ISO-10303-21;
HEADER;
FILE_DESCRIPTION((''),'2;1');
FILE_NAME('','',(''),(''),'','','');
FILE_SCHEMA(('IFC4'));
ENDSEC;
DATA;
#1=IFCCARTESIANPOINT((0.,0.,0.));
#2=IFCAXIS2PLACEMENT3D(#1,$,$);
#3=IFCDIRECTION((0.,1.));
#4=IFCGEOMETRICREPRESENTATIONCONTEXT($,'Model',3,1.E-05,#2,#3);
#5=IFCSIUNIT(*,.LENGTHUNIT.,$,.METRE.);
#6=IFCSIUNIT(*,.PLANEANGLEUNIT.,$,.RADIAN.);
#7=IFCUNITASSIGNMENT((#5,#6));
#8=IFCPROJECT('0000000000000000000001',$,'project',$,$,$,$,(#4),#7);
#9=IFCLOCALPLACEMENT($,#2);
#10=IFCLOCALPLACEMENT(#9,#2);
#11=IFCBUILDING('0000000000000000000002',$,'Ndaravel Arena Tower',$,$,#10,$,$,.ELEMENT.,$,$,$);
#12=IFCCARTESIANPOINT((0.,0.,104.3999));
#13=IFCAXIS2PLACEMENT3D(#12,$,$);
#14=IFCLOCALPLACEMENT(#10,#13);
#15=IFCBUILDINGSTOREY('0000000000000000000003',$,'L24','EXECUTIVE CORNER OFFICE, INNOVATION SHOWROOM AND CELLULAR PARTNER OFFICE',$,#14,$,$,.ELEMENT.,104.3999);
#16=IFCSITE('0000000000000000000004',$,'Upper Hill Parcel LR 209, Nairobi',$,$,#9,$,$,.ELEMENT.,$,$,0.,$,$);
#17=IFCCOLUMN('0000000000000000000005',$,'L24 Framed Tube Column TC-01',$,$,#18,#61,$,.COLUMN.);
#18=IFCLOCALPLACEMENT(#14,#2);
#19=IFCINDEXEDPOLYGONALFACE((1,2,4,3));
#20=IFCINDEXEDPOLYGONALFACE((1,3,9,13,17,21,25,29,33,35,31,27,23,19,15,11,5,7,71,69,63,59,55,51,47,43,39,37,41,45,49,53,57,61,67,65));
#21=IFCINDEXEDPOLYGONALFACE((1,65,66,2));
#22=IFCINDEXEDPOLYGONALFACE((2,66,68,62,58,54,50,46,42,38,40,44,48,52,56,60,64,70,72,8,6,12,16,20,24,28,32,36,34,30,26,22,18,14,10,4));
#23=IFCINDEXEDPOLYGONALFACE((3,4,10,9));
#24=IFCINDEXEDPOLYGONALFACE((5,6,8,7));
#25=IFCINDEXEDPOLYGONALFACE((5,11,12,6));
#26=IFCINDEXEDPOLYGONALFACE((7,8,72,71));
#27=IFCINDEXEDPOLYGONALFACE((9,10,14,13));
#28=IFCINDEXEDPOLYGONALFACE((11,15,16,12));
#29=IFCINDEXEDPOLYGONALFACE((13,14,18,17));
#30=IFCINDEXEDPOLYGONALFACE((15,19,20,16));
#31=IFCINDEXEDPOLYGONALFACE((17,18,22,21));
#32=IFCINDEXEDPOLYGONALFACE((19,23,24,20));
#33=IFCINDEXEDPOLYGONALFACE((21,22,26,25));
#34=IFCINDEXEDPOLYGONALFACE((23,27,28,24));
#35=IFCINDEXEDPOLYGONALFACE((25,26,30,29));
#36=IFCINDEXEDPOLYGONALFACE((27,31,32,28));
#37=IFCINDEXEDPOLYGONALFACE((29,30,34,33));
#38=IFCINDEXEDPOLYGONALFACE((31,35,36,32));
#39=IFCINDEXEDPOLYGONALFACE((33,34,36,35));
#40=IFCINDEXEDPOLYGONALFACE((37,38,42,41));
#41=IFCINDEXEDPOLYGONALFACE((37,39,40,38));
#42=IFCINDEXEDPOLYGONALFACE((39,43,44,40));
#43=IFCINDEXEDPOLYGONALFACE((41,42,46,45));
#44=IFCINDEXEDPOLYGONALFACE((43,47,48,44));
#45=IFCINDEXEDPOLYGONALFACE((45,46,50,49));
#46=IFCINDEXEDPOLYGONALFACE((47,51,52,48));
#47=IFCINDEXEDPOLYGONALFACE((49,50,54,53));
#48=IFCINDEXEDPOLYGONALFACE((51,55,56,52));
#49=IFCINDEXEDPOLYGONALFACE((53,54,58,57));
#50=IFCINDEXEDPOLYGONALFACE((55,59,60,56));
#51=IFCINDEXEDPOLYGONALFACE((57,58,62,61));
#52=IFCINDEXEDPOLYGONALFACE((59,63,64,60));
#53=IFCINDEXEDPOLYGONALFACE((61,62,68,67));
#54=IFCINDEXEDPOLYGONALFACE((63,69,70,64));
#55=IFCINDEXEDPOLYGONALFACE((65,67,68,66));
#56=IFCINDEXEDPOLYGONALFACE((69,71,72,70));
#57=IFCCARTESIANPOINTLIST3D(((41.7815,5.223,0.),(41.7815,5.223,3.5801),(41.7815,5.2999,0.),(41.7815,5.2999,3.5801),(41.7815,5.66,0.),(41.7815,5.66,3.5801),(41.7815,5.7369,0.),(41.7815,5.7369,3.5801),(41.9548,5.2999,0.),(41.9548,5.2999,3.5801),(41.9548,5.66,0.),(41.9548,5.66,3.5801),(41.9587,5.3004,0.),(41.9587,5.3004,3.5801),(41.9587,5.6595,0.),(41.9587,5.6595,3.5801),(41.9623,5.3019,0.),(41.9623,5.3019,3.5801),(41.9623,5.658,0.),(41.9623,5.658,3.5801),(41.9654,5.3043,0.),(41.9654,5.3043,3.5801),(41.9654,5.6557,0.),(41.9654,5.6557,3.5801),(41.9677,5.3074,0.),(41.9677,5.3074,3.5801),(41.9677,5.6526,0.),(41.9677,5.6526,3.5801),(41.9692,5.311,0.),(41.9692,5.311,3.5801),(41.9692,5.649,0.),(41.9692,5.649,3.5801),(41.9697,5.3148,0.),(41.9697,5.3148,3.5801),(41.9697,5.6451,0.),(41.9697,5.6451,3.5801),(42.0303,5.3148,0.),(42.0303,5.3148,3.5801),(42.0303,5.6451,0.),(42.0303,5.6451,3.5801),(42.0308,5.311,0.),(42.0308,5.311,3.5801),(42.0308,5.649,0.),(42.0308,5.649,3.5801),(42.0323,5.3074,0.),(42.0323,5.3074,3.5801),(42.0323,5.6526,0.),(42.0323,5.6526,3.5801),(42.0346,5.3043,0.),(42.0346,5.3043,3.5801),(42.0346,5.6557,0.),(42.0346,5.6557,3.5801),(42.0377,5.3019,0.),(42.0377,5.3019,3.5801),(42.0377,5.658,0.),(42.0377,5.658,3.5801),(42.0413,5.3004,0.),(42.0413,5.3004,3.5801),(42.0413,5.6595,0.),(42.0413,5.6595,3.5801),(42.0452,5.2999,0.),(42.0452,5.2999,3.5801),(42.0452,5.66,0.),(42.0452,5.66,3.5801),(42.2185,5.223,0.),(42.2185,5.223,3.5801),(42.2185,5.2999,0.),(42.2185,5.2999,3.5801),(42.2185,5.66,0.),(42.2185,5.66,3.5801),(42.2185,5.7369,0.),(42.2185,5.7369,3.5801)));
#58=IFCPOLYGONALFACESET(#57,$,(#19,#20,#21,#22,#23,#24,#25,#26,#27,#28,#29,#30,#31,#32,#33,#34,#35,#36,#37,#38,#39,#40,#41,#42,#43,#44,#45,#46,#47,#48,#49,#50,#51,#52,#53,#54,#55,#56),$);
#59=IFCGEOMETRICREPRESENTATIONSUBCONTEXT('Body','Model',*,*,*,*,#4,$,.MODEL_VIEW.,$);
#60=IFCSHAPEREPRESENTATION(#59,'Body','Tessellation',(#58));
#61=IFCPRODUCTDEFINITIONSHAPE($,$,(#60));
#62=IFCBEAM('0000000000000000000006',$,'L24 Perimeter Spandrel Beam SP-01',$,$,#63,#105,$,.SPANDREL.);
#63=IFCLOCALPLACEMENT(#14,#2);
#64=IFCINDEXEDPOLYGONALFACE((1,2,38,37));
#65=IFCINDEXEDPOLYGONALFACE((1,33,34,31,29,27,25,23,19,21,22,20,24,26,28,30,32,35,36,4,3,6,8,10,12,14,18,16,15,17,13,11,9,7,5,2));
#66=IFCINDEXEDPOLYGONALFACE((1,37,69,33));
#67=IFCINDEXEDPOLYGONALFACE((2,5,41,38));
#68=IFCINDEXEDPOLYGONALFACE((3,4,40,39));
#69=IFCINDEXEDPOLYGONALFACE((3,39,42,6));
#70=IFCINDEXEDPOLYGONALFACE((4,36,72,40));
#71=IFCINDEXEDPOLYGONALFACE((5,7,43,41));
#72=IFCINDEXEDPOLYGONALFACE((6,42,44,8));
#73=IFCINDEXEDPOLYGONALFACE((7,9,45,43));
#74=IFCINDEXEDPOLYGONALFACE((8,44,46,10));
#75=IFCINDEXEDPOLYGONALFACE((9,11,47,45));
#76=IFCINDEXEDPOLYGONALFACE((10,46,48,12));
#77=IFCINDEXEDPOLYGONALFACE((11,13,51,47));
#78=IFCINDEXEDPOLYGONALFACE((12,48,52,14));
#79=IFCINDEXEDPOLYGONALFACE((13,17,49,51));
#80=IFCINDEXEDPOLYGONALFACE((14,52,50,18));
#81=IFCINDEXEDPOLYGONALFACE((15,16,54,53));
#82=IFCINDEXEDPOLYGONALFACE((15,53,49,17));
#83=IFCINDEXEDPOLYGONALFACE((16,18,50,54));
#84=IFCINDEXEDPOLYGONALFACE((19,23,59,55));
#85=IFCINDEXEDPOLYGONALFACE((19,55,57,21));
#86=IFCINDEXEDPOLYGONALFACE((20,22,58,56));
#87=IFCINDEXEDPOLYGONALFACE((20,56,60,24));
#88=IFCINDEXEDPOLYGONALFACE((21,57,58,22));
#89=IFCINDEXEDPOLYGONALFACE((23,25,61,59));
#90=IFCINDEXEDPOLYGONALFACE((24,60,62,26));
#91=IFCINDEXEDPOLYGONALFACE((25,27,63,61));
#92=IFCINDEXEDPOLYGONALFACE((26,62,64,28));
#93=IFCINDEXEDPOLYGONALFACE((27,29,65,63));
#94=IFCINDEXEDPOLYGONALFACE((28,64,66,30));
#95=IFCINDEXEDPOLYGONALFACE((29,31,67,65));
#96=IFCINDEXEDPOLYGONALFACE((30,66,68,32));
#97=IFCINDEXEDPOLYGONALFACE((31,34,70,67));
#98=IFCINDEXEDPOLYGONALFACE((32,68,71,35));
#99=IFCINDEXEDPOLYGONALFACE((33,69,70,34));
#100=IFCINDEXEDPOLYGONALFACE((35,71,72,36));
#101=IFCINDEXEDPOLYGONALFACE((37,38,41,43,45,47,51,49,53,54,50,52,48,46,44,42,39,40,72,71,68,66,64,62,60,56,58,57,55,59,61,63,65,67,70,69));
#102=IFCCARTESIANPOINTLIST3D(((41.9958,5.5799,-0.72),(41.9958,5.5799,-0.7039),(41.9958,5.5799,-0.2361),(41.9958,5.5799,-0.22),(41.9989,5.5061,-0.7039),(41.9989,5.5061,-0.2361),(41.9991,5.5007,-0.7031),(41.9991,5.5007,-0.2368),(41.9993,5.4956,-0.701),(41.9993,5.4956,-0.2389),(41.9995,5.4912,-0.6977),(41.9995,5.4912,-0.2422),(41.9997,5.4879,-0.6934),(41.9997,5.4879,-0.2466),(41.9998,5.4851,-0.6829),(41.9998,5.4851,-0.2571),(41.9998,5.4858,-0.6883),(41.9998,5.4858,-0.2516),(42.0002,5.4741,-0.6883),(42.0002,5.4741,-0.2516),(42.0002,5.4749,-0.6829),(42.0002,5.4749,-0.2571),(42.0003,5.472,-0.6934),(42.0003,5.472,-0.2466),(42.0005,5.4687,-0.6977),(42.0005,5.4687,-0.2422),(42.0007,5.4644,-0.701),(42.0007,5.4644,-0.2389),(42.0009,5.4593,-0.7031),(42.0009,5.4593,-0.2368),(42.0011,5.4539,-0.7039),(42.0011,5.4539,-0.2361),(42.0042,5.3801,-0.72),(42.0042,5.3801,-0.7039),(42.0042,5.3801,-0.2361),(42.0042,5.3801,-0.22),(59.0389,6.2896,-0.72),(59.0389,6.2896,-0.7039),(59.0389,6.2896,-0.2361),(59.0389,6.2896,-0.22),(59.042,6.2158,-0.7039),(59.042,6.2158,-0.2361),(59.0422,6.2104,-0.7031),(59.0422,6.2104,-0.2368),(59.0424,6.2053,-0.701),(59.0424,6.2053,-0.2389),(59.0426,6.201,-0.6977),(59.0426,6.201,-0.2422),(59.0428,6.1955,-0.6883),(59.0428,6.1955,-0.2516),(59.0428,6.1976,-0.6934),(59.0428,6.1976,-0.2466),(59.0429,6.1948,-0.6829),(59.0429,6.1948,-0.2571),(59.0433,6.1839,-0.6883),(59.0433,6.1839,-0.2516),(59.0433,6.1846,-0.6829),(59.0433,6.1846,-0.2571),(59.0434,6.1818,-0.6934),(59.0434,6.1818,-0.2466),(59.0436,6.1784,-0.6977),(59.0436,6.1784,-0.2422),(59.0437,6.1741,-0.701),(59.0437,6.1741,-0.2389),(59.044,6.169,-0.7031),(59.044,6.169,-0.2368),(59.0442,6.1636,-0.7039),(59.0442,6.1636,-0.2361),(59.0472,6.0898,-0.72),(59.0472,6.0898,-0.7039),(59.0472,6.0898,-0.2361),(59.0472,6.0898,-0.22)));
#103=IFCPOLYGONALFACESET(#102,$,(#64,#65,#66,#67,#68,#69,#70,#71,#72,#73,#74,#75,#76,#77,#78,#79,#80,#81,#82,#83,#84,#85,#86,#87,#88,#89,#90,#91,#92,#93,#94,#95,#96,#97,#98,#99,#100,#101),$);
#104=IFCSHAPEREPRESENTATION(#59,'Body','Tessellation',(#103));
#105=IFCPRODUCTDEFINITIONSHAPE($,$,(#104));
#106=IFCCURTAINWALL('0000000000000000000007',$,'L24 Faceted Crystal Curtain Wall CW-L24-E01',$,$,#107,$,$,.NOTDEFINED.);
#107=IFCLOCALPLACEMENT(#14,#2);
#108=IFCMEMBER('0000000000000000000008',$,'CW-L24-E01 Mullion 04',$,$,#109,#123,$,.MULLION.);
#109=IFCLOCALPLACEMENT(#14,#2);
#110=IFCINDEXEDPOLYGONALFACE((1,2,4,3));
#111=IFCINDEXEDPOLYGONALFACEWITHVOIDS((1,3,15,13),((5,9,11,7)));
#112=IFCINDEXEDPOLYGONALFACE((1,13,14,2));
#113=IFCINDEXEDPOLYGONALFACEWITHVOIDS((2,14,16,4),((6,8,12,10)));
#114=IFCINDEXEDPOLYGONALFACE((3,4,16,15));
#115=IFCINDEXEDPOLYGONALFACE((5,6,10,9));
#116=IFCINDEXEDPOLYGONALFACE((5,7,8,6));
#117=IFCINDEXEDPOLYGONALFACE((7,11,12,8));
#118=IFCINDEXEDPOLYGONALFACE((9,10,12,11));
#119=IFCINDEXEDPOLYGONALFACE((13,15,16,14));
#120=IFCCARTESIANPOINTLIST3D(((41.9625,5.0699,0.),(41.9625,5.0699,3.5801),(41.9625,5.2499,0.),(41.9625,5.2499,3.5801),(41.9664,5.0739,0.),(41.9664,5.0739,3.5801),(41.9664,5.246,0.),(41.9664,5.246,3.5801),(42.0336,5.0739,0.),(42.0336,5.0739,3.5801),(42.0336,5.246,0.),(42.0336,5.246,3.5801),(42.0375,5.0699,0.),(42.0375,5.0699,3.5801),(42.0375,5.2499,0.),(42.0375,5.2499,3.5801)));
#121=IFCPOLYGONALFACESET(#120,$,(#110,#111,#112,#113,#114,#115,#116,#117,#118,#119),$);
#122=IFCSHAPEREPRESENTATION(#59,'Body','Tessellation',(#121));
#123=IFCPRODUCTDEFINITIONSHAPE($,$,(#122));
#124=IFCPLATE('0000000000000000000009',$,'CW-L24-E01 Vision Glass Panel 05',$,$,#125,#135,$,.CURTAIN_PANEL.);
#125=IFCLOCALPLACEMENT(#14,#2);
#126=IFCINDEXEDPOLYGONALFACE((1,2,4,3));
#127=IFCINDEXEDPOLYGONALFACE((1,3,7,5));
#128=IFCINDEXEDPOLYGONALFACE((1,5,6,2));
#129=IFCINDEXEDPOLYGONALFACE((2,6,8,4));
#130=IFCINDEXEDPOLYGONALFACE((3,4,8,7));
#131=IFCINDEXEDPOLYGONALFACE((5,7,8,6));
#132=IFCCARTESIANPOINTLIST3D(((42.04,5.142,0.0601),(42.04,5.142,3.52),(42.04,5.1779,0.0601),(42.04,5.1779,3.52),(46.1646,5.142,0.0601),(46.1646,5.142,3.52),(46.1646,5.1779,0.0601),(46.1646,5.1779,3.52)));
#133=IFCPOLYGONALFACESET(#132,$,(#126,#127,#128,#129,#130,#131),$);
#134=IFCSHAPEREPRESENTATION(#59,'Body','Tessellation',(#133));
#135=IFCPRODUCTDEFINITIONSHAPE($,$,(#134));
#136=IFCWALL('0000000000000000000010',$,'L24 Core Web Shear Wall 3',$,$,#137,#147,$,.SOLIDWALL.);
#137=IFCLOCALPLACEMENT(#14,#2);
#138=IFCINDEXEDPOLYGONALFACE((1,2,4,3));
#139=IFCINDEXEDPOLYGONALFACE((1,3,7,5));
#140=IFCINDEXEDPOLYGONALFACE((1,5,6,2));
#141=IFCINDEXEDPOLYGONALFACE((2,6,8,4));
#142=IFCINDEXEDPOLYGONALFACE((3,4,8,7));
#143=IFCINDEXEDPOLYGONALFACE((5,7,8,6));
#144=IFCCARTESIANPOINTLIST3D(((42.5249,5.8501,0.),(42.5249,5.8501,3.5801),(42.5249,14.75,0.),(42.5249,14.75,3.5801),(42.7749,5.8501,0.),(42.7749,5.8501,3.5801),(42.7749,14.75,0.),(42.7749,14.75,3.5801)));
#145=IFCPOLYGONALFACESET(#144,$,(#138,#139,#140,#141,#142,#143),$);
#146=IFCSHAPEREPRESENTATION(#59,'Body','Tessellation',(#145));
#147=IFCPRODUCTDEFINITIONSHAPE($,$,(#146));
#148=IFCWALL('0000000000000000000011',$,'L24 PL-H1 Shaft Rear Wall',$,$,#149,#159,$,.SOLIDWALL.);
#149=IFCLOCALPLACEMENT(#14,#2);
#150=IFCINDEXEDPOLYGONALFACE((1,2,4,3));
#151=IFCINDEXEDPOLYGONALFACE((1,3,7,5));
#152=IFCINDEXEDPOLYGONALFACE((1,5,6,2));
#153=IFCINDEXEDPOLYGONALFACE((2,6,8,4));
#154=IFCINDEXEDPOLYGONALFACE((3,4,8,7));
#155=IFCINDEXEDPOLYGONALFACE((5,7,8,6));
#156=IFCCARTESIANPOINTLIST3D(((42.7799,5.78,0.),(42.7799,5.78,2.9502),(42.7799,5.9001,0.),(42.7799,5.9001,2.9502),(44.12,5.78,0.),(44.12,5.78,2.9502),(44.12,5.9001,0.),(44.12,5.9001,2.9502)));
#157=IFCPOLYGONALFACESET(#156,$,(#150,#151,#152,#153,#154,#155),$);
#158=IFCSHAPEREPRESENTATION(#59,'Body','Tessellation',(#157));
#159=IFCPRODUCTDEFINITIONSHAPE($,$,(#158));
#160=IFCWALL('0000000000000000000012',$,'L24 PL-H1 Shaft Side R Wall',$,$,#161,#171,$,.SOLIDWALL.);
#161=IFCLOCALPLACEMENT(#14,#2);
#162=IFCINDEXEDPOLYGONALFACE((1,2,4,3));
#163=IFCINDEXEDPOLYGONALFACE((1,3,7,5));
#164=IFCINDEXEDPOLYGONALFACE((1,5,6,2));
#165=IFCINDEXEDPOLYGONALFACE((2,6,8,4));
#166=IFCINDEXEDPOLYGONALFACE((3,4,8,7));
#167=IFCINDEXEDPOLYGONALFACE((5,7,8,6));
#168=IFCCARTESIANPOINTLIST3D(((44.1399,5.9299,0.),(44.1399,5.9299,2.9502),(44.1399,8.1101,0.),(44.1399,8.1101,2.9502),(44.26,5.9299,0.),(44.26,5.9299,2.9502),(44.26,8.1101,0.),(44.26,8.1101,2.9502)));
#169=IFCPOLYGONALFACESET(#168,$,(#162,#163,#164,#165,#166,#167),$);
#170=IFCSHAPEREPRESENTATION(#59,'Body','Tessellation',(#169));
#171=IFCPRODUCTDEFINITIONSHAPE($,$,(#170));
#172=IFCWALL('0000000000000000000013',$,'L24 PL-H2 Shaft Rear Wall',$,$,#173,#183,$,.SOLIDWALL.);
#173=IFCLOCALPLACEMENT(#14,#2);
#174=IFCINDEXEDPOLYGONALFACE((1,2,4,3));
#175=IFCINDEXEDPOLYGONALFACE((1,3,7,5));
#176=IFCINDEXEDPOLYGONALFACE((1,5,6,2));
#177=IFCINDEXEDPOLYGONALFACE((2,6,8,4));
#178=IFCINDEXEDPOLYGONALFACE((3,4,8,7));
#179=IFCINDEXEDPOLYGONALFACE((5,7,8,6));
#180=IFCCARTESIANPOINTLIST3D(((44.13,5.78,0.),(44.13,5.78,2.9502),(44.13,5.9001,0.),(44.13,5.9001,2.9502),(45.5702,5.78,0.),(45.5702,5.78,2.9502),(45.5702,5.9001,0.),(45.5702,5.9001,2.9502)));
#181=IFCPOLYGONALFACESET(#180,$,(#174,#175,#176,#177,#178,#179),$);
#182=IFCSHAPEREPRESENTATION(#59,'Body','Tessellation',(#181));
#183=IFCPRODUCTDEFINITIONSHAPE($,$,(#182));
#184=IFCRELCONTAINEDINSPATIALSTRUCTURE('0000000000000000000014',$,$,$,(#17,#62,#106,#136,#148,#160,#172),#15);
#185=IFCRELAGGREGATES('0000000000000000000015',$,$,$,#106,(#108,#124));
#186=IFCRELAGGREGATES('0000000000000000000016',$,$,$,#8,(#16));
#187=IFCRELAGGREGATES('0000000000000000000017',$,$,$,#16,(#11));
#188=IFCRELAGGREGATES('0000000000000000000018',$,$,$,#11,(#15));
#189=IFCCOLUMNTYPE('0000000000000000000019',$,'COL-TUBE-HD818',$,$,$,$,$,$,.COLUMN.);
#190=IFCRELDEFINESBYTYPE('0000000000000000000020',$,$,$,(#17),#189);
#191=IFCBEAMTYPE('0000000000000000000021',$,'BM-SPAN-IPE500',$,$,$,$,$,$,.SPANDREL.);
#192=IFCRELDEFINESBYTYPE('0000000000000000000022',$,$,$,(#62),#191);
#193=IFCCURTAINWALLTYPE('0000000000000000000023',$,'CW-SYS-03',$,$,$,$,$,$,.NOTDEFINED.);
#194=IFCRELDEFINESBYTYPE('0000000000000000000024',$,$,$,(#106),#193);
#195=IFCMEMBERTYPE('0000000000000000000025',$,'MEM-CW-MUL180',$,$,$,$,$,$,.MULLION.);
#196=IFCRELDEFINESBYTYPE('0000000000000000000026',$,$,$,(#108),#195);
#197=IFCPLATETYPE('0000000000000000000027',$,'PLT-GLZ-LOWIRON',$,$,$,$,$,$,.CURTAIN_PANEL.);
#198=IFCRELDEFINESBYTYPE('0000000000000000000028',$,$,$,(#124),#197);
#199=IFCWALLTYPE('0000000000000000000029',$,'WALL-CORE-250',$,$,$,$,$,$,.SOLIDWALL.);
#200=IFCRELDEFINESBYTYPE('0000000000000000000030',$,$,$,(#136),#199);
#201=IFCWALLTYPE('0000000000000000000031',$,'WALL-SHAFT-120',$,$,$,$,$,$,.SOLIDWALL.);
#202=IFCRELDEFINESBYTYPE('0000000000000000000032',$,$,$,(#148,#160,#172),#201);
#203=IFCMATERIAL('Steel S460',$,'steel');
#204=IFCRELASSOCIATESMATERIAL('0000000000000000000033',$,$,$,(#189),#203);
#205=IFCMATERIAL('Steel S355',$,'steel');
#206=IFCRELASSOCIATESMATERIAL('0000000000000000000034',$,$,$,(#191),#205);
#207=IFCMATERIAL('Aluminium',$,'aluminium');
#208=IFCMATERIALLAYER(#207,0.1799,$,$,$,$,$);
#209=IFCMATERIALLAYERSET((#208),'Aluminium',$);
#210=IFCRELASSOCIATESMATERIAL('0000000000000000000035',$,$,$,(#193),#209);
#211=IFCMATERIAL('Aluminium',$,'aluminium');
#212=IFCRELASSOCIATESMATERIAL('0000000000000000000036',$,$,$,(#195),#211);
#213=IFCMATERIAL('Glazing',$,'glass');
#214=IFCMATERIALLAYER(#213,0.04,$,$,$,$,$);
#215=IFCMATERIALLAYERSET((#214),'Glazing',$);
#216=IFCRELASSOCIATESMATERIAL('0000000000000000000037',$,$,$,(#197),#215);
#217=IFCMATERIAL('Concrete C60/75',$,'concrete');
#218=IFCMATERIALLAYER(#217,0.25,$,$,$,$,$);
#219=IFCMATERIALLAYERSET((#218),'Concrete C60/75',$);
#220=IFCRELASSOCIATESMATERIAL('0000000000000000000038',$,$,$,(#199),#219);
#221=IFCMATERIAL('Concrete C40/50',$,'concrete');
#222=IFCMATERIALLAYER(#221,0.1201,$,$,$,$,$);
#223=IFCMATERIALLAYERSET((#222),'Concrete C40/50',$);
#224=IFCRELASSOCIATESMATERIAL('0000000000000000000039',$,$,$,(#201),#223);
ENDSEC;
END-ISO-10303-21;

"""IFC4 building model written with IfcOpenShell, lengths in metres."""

from ifc_helpers import new_model, si_unit, direction, frame, frame_2d, origin, origin_2d, place, context, subcontext, project, spatial, rectangle, hollow_rectangle, i_section, extrude, material, layer, layer_set, material_profile, profile_set, type_object, element, aggregate, save


model = new_model("IFC4")

# Units and contexts
model_context = context("Model", 3, precision=1e-05, world=origin(), true_north=direction((0.0, 1.0)))
body_context = subcontext(model_context, "Body", "Model", "MODEL_VIEW")
ifc_project = project(units=[si_unit("LENGTHUNIT", "METRE"), si_unit("PLANEANGLEUNIT", "RADIAN")], contexts=[model_context])

# Site, building, storey
site_placement = place(None, origin())
site = spatial("IfcSite", under=ifc_project, at=site_placement, Name="Upper Hill Parcel LR 209, Nairobi", CompositionType="ELEMENT", RefElevation=0.0)
building_placement = place(site_placement, origin())
building = spatial("IfcBuilding", under=site, at=building_placement, Name="Ndaravel Arena Tower", CompositionType="ELEMENT")
storey_placement = place(building_placement, frame((0.0, 0.0, 104.3999)))
storey = spatial("IfcBuildingStorey", under=building, at=storey_placement, Name="L24", Description="EXECUTIVE CORNER OFFICE, INNOVATION SHOWROOM AND CELLULAR PARTNER OFFICE", CompositionType="ELEMENT", Elevation=104.3999)

# Column
ifc_material_1 = material(Name="Steel S460", Category="steel")
ifc_material_profile_1 = material_profile(ifc_material_1, i_section(OverallWidth=0.437, OverallDepth=0.5139, WebThickness=0.0605, FlangeThickness=0.0769, FilletRadius=0.0149, at=origin_2d()), Name="HD 400x818")
ifc_profile_set_1 = profile_set([ifc_material_profile_1], Name="Steel S460")
column_type = type_object("IfcColumnType", Name="COL-TUBE-HD818", PredefinedType="COLUMN", material=ifc_profile_set_1)
column_placement = place(storey_placement, frame((42.0, 5.48, 0.0), z_axis=(0.0, 0.0, 1.0), x_axis=(1.0, 0.0, 0.0)))
element("IfcColumn", 1, at=column_placement, inside=storey, type_object=column_type, Name="L24 Framed Tube Column TC-01", PredefinedType="COLUMN", context=body_context, shape_type="SweptSolid", body=[
    extrude(i_section(OverallWidth=0.437, OverallDepth=0.5139, WebThickness=0.0605, FlangeThickness=0.0769, FilletRadius=0.0149, at=origin_2d()), origin(), (0.0, 0.0, 1.0), 3.5801),
])

# Beam
ifc_material_2 = material(Name="Steel S355", Category="steel")
ifc_material_profile_2 = material_profile(ifc_material_2, i_section(OverallWidth=0.2, OverallDepth=0.5, WebThickness=0.0103, FlangeThickness=0.0161, FilletRadius=0.021, at=origin_2d()), Name="IPE 500")
ifc_profile_set_2 = profile_set([ifc_material_profile_2], Name="Steel S355")
beam_type = type_object("IfcBeamType", Name="BM-SPAN-IPE500", PredefinedType="SPANDREL", material=ifc_profile_set_2)
beam_placement = place(storey_placement, frame((42.0, 5.48, -0.47), z_axis=(0.999134, 0.041607, 0.0), x_axis=(-0.041607, 0.999134, 0.0)))
element("IfcBeam", 2, at=beam_placement, inside=storey, type_object=beam_type, Name="L24 Perimeter Spandrel Beam SP-01", PredefinedType="SPANDREL", context=body_context, shape_type="SweptSolid", body=[
    extrude(i_section(OverallWidth=0.2, OverallDepth=0.5, WebThickness=0.0103, FlangeThickness=0.0161, FilletRadius=0.021, at=origin_2d()), origin(), (0.0, 0.0, 1.0), 17.0579),
])

# Curtain wall, member, plate
ifc_material_3 = material(Name="Aluminium", Category="aluminium")
ifc_layer_1 = layer(ifc_material_3, 0.1799)
ifc_layer_set_1 = layer_set([ifc_layer_1], Name="Aluminium")
curtain_wall_type = type_object("IfcCurtainWallType", Name="CW-SYS-03", PredefinedType="NOTDEFINED", material=ifc_layer_set_1)
curtain_wall_placement = place(storey_placement, origin())
curtain_wall = element("IfcCurtainWall", 3, at=curtain_wall_placement, inside=storey, type_object=curtain_wall_type, Name="L24 Faceted Crystal Curtain Wall CW-L24-E01", PredefinedType="NOTDEFINED")
ifc_material_4 = material(Name="Aluminium", Category="aluminium")
ifc_material_profile_3 = material_profile(ifc_material_4, hollow_rectangle(XDim=0.075, YDim=0.1799, WallThickness=0.0039, at=origin_2d()), Name="CW MULLION 75x180x4")
ifc_profile_set_3 = profile_set([ifc_material_profile_3], Name="Aluminium")
member_type = type_object("IfcMemberType", Name="MEM-CW-MUL180", PredefinedType="MULLION", material=ifc_profile_set_3)
member_placement = place(storey_placement, frame((42.0, 5.1599, 0.0), z_axis=(0.0, 0.0, 1.0), x_axis=(1.0, 0.0, 0.0)))
member = element("IfcMember", 4, at=member_placement, type_object=member_type, Name="CW-L24-E01 Mullion 04", PredefinedType="MULLION", context=body_context, shape_type="SweptSolid", body=[
    extrude(hollow_rectangle(XDim=0.075, YDim=0.1799, WallThickness=0.0039, at=origin_2d()), origin(), (0.0, 0.0, 1.0), 3.5801),
])
ifc_material_5 = material(Name="Glazing", Category="glass")
ifc_layer_2 = layer(ifc_material_5, 0.04)
ifc_layer_set_2 = layer_set([ifc_layer_2], Name="Glazing")
plate_type = type_object("IfcPlateType", Name="PLT-GLZ-LOWIRON", PredefinedType="CURTAIN_PANEL", material=ifc_layer_set_2)
plate_placement = place(storey_placement, frame((44.1023, 5.1599, 0.0601), z_axis=(0.0, 0.0, 1.0), x_axis=(1.0, 0.0, 0.0)))
plate = element("IfcPlate", 5, at=plate_placement, type_object=plate_type, Name="CW-L24-E01 Vision Glass Panel 05", PredefinedType="CURTAIN_PANEL", context=body_context, shape_type="SweptSolid", body=[
    extrude(rectangle(XDim=4.1245, YDim=0.0359, at=origin_2d()), origin(), (0.0, 0.0, 1.0), 3.46),
])
aggregate(curtain_wall, [member, plate])

# Walls
ifc_material_6 = material(Name="Concrete C60/75", Category="concrete")
ifc_layer_3 = layer(ifc_material_6, 0.25)
ifc_layer_set_3 = layer_set([ifc_layer_3], Name="Concrete C60/75")
wall_type_1 = type_object("IfcWallType", Name="WALL-CORE-250", PredefinedType="SOLIDWALL", material=ifc_layer_set_3)
wall_1_placement = place(storey_placement, frame((42.6499, 5.8501, 0.0), z_axis=(0.0, 0.0, 1.0), x_axis=(0.0, 1.0, 0.0)))
element("IfcWall", 6, at=wall_1_placement, inside=storey, type_object=wall_type_1, Name="L24 Core Web Shear Wall 3", PredefinedType="SOLIDWALL", context=body_context, shape_type="SweptSolid", body=[
    extrude(rectangle(XDim=8.8999, YDim=0.25, at=frame_2d((4.45, 0.0))), origin(), (0.0, 0.0, 1.0), 3.5801),
])
ifc_material_7 = material(Name="Concrete C40/50", Category="concrete")
ifc_layer_4 = layer(ifc_material_7, 0.1201)
ifc_layer_set_4 = layer_set([ifc_layer_4], Name="Concrete C40/50")
wall_type_2 = type_object("IfcWallType", Name="WALL-SHAFT-120", PredefinedType="SOLIDWALL", material=ifc_layer_set_4)
wall_2_placement = place(storey_placement, frame((42.78, 5.8401, 0.0), z_axis=(0.0, 0.0, 1.0), x_axis=(1.0, 0.0, 0.0)))
element("IfcWall", 7, at=wall_2_placement, inside=storey, type_object=wall_type_2, Name="L24 PL-H1 Shaft Rear Wall", PredefinedType="SOLIDWALL", context=body_context, shape_type="SweptSolid", body=[
    extrude(rectangle(XDim=1.3401, YDim=0.1201, at=frame_2d((0.6699, 0.0))), origin(), (0.0, 0.0, 1.0), 2.9502),
])
wall_3_placement = place(storey_placement, frame((44.2, 5.9299, 0.0), z_axis=(0.0, 0.0, 1.0), x_axis=(0.0, 1.0, 0.0)))
element("IfcWall", 8, at=wall_3_placement, inside=storey, type_object=wall_type_2, Name="L24 PL-H1 Shaft Side R Wall", PredefinedType="SOLIDWALL", context=body_context, shape_type="SweptSolid", body=[
    extrude(rectangle(XDim=2.1802, YDim=0.1201, at=frame_2d((1.0901, 0.0))), origin(), (0.0, 0.0, 1.0), 2.9502),
])
wall_4_placement = place(storey_placement, frame((44.1299, 5.8401, 0.0), z_axis=(0.0, 0.0, 1.0), x_axis=(1.0, 0.0, 0.0)))
element("IfcWall", 9, at=wall_4_placement, inside=storey, type_object=wall_type_2, Name="L24 PL-H2 Shaft Rear Wall", PredefinedType="SOLIDWALL", context=body_context, shape_type="SweptSolid", body=[
    extrude(rectangle(XDim=1.4402, YDim=0.1201, at=frame_2d((0.7202, 0.0))), origin(), (0.0, 0.0, 1.0), 2.9502),
])

save(model, "model.ifc")
